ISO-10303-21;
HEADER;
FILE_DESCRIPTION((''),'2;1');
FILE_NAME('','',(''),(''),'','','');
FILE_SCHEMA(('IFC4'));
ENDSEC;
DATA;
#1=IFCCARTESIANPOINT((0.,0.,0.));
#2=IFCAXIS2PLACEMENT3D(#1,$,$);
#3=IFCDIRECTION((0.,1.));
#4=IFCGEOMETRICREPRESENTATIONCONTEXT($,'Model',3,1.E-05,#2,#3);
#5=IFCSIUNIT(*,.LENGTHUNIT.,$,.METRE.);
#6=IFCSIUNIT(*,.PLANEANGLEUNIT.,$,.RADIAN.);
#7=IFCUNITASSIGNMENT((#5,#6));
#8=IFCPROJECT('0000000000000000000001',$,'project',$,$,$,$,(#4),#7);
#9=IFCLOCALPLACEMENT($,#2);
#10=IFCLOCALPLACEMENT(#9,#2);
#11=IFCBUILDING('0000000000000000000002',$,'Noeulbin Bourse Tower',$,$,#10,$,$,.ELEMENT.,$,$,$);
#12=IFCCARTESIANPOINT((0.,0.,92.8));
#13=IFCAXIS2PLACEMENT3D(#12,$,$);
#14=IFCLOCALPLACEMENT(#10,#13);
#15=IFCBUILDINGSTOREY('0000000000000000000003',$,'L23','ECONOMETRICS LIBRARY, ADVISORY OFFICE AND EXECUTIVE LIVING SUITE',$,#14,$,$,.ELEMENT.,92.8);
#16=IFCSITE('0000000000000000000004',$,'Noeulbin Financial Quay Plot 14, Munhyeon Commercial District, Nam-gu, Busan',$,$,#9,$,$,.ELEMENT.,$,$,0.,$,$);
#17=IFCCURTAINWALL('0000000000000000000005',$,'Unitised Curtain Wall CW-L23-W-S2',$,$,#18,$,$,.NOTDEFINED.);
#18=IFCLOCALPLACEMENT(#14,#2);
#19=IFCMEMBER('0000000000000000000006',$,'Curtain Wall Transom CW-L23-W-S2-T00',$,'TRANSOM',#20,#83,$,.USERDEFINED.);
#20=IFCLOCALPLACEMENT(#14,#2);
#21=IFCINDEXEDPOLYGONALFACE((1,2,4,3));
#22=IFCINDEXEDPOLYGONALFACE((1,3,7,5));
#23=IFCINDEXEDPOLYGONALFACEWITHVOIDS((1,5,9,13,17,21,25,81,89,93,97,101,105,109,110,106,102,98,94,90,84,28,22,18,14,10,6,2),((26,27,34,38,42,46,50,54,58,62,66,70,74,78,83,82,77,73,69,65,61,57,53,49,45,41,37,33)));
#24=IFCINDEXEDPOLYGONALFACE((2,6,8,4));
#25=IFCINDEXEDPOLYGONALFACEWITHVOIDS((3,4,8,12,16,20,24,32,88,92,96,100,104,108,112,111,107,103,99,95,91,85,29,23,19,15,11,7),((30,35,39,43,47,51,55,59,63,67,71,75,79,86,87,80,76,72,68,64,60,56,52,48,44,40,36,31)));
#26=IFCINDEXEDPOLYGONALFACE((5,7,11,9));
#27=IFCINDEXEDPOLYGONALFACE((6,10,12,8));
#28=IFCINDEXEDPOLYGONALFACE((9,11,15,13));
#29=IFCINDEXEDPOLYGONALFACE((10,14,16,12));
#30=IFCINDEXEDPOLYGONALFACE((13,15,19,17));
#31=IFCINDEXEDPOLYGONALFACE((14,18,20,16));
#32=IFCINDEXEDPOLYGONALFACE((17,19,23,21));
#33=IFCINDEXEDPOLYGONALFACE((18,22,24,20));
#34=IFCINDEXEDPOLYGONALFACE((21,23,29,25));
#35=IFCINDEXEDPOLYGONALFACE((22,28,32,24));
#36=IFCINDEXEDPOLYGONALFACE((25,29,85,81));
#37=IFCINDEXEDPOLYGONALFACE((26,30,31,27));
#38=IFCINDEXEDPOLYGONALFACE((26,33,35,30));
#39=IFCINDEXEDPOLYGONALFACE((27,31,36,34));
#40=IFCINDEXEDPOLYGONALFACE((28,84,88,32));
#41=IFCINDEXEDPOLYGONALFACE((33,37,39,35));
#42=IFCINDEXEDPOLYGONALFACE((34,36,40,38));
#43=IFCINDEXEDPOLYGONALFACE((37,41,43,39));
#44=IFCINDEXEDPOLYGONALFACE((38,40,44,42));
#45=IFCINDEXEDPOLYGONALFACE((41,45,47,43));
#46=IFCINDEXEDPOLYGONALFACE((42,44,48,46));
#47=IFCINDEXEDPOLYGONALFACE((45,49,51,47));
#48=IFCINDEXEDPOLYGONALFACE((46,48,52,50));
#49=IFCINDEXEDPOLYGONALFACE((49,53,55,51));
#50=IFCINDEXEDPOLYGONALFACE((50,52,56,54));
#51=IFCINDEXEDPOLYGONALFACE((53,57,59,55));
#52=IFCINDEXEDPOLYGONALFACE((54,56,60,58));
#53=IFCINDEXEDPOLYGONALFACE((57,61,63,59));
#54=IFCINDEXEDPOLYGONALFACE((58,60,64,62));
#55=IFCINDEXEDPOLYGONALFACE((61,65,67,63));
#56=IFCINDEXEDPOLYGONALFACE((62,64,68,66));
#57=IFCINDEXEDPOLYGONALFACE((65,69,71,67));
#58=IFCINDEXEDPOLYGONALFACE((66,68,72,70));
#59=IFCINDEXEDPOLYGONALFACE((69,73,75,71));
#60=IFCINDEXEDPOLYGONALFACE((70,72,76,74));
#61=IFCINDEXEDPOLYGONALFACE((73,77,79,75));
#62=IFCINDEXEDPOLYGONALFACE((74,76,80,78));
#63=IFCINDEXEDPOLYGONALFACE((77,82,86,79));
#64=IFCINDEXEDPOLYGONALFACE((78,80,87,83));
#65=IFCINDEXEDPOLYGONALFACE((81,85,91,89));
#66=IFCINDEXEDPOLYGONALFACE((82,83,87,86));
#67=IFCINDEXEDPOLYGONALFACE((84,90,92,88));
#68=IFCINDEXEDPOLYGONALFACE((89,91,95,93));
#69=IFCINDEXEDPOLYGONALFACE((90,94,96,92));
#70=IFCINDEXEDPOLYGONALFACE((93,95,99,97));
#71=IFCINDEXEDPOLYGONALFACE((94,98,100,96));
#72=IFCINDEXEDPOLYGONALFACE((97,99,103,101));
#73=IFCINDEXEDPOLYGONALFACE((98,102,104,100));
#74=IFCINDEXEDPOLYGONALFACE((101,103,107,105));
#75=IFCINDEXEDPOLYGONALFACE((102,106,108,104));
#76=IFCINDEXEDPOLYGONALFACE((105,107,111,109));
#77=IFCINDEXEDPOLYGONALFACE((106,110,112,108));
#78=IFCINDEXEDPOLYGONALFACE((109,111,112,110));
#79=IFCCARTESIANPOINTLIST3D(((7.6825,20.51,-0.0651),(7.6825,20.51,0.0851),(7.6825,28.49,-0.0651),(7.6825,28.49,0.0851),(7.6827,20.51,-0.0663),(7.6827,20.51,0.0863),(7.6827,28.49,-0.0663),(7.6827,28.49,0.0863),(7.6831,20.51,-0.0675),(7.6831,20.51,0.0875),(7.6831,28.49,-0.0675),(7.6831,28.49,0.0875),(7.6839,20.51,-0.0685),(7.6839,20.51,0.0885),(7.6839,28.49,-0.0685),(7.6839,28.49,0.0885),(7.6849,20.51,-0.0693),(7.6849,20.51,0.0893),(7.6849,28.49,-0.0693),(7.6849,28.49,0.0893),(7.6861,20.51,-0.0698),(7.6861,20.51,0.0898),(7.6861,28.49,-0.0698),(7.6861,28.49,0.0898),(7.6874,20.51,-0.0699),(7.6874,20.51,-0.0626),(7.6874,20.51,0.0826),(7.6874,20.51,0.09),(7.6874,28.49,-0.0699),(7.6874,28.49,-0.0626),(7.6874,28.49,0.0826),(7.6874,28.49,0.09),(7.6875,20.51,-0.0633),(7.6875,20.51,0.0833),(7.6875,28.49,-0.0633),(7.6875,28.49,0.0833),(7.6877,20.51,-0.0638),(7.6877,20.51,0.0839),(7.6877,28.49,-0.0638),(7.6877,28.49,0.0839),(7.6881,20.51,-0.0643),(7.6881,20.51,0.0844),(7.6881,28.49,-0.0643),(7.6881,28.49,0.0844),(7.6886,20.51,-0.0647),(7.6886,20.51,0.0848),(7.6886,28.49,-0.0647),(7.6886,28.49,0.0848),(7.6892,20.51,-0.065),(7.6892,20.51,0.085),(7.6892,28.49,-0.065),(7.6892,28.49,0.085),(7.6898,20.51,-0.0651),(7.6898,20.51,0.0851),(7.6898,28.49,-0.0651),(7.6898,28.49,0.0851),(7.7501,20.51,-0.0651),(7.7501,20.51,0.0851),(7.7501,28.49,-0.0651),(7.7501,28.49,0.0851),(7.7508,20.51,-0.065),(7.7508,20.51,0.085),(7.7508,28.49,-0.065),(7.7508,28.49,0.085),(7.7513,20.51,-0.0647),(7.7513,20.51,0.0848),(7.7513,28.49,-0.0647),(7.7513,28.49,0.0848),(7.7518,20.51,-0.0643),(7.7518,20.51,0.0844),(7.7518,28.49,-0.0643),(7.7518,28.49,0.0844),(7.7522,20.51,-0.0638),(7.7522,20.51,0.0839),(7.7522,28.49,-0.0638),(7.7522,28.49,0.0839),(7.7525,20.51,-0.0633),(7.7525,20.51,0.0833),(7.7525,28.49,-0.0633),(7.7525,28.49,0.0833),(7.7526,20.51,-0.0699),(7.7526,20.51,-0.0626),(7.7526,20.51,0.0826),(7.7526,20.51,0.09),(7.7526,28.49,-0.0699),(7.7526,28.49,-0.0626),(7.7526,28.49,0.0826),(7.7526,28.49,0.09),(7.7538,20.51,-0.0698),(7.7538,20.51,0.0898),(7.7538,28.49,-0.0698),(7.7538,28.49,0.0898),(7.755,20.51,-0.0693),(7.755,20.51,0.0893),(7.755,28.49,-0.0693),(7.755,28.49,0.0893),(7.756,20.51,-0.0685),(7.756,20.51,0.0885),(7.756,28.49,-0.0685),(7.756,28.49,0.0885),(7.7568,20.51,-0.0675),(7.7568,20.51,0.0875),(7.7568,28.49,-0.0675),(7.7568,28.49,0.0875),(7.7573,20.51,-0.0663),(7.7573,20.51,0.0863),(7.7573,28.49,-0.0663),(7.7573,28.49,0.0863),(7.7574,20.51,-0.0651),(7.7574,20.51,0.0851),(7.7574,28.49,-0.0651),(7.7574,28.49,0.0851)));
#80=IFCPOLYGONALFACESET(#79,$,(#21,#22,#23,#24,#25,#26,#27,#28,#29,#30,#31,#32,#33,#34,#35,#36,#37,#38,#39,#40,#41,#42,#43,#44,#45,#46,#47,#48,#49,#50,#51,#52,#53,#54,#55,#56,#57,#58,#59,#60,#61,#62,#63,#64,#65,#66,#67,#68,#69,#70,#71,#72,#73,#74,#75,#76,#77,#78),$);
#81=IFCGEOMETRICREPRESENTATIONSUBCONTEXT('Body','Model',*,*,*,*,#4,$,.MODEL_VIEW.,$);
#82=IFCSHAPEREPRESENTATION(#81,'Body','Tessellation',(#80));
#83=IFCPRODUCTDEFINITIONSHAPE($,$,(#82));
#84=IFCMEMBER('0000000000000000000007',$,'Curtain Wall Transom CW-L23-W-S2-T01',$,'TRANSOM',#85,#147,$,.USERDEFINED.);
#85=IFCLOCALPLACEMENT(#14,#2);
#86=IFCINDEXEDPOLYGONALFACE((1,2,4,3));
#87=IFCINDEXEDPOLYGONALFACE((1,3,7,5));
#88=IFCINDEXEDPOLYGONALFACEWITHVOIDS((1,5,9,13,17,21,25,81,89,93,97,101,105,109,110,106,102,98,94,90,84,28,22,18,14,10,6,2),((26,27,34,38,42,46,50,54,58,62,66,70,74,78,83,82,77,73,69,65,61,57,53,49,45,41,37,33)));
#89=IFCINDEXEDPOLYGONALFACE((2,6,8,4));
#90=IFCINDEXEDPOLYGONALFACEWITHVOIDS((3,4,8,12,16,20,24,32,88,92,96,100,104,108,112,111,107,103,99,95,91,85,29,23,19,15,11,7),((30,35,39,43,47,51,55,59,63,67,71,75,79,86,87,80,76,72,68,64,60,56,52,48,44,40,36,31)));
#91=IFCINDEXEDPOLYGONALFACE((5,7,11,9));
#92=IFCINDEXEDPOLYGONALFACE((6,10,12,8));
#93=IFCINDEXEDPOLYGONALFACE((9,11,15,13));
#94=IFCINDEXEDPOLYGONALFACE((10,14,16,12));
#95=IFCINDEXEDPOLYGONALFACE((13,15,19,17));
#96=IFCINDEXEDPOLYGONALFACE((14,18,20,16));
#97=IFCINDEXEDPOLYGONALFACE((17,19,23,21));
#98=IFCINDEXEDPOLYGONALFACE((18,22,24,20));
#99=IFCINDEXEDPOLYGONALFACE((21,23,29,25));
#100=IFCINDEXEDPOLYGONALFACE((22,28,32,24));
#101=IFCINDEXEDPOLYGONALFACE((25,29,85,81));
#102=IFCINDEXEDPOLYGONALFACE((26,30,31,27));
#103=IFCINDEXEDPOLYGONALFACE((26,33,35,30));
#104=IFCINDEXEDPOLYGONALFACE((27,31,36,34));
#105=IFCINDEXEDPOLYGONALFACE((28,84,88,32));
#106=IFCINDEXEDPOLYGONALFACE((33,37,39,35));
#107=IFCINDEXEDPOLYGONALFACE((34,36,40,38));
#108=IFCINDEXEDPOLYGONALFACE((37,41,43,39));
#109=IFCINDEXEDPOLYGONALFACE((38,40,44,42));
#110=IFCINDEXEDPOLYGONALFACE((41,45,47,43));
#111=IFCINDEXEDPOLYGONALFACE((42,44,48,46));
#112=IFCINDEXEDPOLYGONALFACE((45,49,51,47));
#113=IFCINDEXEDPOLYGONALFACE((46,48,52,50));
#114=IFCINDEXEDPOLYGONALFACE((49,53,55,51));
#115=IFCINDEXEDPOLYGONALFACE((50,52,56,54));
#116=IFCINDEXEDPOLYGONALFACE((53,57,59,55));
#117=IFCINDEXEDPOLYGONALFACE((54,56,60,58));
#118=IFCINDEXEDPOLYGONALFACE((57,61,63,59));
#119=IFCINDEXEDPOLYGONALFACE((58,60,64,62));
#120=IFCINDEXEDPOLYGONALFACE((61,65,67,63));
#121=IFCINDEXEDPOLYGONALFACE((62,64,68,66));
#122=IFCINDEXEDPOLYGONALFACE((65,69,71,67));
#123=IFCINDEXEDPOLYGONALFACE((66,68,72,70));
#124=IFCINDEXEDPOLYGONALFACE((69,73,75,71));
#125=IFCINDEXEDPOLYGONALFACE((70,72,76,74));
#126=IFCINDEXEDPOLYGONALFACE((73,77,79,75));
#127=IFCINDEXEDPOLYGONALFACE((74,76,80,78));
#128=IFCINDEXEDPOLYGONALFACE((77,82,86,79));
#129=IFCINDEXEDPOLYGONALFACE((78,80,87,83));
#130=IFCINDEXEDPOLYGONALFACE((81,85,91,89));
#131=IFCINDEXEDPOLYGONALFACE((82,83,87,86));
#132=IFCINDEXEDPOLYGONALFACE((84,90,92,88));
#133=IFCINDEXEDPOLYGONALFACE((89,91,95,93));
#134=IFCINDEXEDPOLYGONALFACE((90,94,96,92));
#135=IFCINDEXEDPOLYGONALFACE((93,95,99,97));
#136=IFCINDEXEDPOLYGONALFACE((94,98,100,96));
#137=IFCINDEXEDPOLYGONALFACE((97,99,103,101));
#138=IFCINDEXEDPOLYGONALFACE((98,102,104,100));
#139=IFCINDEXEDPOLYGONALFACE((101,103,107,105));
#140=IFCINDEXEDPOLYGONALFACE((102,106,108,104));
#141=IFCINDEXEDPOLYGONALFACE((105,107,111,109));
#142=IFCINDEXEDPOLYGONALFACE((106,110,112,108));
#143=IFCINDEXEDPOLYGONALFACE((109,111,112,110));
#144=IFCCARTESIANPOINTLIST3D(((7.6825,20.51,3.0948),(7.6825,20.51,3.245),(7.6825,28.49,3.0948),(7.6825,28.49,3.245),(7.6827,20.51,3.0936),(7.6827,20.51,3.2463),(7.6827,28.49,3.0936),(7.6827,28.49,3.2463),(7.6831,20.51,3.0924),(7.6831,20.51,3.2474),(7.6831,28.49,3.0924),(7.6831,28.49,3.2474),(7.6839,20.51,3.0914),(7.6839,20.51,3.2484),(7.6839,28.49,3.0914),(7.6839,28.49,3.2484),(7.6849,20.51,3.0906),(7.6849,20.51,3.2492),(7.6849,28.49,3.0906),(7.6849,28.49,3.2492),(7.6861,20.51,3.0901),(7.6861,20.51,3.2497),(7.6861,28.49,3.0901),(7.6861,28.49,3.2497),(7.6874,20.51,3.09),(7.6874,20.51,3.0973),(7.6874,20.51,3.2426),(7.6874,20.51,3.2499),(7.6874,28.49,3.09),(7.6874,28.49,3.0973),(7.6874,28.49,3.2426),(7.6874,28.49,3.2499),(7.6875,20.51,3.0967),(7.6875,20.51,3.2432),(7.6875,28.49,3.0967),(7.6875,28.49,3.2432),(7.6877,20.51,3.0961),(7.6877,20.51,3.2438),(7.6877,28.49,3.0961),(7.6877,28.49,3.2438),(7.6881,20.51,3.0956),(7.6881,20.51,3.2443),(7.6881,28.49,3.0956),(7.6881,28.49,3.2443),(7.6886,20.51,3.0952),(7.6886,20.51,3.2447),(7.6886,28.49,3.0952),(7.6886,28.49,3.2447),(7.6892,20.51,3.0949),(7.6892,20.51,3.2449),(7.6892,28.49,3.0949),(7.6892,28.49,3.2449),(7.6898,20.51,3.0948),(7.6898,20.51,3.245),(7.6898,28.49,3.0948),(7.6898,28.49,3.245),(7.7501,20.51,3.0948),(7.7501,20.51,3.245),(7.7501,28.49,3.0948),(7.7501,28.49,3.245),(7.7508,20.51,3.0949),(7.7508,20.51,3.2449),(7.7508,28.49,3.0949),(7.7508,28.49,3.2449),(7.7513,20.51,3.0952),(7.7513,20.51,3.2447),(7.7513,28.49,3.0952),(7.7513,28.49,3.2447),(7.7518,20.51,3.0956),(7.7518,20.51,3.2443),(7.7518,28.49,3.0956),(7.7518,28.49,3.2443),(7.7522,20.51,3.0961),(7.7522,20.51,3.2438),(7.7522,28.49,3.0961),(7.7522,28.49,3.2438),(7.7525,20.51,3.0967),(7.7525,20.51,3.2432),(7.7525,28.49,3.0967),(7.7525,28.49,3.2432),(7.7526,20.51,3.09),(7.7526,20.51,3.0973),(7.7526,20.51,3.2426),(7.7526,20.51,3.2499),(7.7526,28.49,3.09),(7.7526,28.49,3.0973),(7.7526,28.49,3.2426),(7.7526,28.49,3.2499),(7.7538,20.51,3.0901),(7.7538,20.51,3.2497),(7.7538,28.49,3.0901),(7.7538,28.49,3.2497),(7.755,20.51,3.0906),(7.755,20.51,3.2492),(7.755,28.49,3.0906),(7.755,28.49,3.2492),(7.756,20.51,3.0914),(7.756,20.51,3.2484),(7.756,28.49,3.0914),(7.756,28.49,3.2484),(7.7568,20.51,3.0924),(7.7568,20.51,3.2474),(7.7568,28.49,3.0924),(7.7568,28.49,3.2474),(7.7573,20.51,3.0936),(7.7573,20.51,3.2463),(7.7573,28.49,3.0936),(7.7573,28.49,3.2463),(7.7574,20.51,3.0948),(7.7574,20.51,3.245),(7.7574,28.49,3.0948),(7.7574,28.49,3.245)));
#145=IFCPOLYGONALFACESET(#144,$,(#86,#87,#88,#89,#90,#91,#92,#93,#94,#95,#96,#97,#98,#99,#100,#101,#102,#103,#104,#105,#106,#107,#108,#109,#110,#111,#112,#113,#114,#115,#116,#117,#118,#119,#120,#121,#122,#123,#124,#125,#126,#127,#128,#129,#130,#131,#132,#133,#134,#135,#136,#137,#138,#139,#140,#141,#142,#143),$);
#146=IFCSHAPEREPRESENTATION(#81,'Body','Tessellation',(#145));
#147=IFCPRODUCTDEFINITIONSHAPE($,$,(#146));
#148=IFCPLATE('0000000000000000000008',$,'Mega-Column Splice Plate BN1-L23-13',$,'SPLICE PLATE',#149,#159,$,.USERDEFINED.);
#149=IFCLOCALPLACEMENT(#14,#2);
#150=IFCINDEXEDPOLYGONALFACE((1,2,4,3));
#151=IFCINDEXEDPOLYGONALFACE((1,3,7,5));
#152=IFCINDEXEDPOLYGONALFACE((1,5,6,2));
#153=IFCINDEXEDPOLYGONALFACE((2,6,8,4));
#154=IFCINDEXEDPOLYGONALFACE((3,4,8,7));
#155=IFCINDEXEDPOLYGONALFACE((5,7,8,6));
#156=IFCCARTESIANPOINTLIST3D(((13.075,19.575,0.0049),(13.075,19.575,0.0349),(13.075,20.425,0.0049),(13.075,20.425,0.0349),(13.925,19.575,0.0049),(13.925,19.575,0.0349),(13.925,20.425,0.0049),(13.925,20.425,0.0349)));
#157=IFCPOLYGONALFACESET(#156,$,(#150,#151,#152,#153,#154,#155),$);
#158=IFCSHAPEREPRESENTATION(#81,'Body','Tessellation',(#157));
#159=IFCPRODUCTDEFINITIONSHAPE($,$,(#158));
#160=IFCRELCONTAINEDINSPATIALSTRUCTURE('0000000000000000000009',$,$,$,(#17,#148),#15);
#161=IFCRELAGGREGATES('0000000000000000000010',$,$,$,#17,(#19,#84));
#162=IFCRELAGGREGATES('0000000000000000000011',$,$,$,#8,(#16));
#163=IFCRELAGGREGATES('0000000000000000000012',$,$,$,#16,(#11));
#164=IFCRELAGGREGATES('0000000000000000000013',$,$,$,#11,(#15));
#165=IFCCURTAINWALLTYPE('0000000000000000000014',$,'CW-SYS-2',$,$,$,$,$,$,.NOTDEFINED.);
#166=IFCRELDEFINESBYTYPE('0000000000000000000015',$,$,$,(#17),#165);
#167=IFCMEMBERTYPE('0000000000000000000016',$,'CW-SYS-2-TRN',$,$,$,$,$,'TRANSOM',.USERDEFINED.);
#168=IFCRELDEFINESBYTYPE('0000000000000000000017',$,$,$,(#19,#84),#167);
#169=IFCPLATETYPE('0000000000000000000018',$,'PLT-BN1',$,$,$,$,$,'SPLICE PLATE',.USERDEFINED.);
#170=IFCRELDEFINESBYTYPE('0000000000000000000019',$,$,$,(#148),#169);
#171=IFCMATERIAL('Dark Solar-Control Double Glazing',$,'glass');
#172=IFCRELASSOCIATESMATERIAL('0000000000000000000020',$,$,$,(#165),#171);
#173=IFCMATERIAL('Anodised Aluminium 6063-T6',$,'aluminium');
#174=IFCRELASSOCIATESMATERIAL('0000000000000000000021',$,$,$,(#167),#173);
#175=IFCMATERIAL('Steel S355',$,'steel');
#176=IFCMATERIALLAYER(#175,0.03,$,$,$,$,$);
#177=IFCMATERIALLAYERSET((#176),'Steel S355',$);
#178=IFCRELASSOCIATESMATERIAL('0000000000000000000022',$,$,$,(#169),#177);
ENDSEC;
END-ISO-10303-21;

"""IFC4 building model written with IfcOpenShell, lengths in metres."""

from ifc_helpers import new_model, si_unit, direction, frame, origin, origin_2d, place, context, subcontext, project, spatial, rectangle, hollow_rectangle, extrude, material, layer, layer_set, material_profile, profile_set, type_object, element, aggregate, save


model = new_model("IFC4")

# Units and contexts
model_context = context("Model", 3, precision=1e-05, world=origin(), true_north=direction((0.0, 1.0)))
body_context = subcontext(model_context, "Body", "Model", "MODEL_VIEW")
ifc_project = project(units=[si_unit("LENGTHUNIT", "METRE"), si_unit("PLANEANGLEUNIT", "RADIAN")], contexts=[model_context])

# Site, building, storey
site_placement = place(None, origin())
site = spatial("IfcSite", under=ifc_project, at=site_placement, Name="Noeulbin Financial Quay Plot 14, Munhyeon Commercial District, Nam-gu, Busan", CompositionType="ELEMENT", RefElevation=0.0)
building_placement = place(site_placement, origin())
building = spatial("IfcBuilding", under=site, at=building_placement, Name="Noeulbin Bourse Tower", CompositionType="ELEMENT")
storey_placement = place(building_placement, frame((0.0, 0.0, 92.8)))
storey = spatial("IfcBuildingStorey", under=building, at=storey_placement, Name="L23", Description="ECONOMETRICS LIBRARY, ADVISORY OFFICE AND EXECUTIVE LIVING SUITE", CompositionType="ELEMENT", Elevation=92.8)

# Shared definitions
ifc_material_1 = material(Name="Steel S355", Category="steel")

# Curtain wall, members
ifc_material_2 = material(Name="Dark Solar-Control Double Glazing", Category="glass")
curtain_wall_type = type_object("IfcCurtainWallType", Name="CW-SYS-2", PredefinedType="NOTDEFINED", material=ifc_material_2)
curtain_wall_placement = place(storey_placement, origin())
curtain_wall = element("IfcCurtainWall", 1, at=curtain_wall_placement, inside=storey, type_object=curtain_wall_type, Name="Unitised Curtain Wall CW-L23-W-S2", PredefinedType="NOTDEFINED")
ifc_material_3 = material(Name="Anodised Aluminium 6063-T6", Category="aluminium")
ifc_material_profile_1 = material_profile(ifc_material_3, hollow_rectangle(XDim=0.075, YDim=0.1599, WallThickness=0.0049, InnerFilletRadius=0.0024, OuterFilletRadius=0.0049, at=origin_2d()), Name="ALU-TRAN-75x160x5", Category="LoadBearing")
ifc_profile_set_1 = profile_set([ifc_material_profile_1], Name="Anodised Aluminium 6063-T6")
member_type_1 = type_object("IfcMemberType", Name="CW-SYS-2-TRN", ElementType="TRANSOM", PredefinedType="USERDEFINED", material=ifc_profile_set_1)
member_1_placement = place(storey_placement, frame((7.72, 20.51, 0.01), z_axis=(0.0, 1.0, 0.0), x_axis=(-1.0, 0.0, 0.0)))
member_1 = element("IfcMember", 2, at=member_1_placement, type_object=member_type_1, Name="Curtain Wall Transom CW-L23-W-S2-T00", ObjectType="TRANSOM", PredefinedType="USERDEFINED", context=body_context, shape_type="SweptSolid", body=[
    extrude(hollow_rectangle(XDim=0.075, YDim=0.1599, WallThickness=0.0049, InnerFilletRadius=0.0024, OuterFilletRadius=0.0049, at=origin_2d()), origin(), (0.0, 0.0, 1.0), 7.98),
])
member_2_placement = place(storey_placement, frame((7.72, 20.51, 3.1699), z_axis=(0.0, 1.0, 0.0), x_axis=(-1.0, 0.0, 0.0)))
member_2 = element("IfcMember", 3, at=member_2_placement, type_object=member_type_1, Name="Curtain Wall Transom CW-L23-W-S2-T01", ObjectType="TRANSOM", PredefinedType="USERDEFINED", context=body_context, shape_type="SweptSolid", body=[
    extrude(hollow_rectangle(XDim=0.075, YDim=0.1599, WallThickness=0.0049, InnerFilletRadius=0.0024, OuterFilletRadius=0.0049, at=origin_2d()), origin(), (0.0, 0.0, 1.0), 7.98),
])
aggregate(curtain_wall, [member_1, member_2])

# Plate
ifc_layer = layer(ifc_material_1, 0.03)
ifc_layer_set = layer_set([ifc_layer], Name="Steel S355")
plate_type = type_object("IfcPlateType", Name="PLT-BN1", ElementType="SPLICE PLATE", PredefinedType="USERDEFINED", material=ifc_layer_set)
plate_placement = place(storey_placement, frame((13.5, 20.0, 0.0049), z_axis=(0.0, 0.0, 1.0), x_axis=(1.0, 0.0, 0.0)))
element("IfcPlate", 4, at=plate_placement, inside=storey, type_object=plate_type, Name="Mega-Column Splice Plate BN1-L23-13", ObjectType="SPLICE PLATE", PredefinedType="USERDEFINED", context=body_context, shape_type="SweptSolid", body=[
    extrude(rectangle(XDim=0.8501, YDim=0.8501, at=origin_2d()), origin(), (0.0, 0.0, 1.0), 0.03),
])

save(model, "model.ifc")
